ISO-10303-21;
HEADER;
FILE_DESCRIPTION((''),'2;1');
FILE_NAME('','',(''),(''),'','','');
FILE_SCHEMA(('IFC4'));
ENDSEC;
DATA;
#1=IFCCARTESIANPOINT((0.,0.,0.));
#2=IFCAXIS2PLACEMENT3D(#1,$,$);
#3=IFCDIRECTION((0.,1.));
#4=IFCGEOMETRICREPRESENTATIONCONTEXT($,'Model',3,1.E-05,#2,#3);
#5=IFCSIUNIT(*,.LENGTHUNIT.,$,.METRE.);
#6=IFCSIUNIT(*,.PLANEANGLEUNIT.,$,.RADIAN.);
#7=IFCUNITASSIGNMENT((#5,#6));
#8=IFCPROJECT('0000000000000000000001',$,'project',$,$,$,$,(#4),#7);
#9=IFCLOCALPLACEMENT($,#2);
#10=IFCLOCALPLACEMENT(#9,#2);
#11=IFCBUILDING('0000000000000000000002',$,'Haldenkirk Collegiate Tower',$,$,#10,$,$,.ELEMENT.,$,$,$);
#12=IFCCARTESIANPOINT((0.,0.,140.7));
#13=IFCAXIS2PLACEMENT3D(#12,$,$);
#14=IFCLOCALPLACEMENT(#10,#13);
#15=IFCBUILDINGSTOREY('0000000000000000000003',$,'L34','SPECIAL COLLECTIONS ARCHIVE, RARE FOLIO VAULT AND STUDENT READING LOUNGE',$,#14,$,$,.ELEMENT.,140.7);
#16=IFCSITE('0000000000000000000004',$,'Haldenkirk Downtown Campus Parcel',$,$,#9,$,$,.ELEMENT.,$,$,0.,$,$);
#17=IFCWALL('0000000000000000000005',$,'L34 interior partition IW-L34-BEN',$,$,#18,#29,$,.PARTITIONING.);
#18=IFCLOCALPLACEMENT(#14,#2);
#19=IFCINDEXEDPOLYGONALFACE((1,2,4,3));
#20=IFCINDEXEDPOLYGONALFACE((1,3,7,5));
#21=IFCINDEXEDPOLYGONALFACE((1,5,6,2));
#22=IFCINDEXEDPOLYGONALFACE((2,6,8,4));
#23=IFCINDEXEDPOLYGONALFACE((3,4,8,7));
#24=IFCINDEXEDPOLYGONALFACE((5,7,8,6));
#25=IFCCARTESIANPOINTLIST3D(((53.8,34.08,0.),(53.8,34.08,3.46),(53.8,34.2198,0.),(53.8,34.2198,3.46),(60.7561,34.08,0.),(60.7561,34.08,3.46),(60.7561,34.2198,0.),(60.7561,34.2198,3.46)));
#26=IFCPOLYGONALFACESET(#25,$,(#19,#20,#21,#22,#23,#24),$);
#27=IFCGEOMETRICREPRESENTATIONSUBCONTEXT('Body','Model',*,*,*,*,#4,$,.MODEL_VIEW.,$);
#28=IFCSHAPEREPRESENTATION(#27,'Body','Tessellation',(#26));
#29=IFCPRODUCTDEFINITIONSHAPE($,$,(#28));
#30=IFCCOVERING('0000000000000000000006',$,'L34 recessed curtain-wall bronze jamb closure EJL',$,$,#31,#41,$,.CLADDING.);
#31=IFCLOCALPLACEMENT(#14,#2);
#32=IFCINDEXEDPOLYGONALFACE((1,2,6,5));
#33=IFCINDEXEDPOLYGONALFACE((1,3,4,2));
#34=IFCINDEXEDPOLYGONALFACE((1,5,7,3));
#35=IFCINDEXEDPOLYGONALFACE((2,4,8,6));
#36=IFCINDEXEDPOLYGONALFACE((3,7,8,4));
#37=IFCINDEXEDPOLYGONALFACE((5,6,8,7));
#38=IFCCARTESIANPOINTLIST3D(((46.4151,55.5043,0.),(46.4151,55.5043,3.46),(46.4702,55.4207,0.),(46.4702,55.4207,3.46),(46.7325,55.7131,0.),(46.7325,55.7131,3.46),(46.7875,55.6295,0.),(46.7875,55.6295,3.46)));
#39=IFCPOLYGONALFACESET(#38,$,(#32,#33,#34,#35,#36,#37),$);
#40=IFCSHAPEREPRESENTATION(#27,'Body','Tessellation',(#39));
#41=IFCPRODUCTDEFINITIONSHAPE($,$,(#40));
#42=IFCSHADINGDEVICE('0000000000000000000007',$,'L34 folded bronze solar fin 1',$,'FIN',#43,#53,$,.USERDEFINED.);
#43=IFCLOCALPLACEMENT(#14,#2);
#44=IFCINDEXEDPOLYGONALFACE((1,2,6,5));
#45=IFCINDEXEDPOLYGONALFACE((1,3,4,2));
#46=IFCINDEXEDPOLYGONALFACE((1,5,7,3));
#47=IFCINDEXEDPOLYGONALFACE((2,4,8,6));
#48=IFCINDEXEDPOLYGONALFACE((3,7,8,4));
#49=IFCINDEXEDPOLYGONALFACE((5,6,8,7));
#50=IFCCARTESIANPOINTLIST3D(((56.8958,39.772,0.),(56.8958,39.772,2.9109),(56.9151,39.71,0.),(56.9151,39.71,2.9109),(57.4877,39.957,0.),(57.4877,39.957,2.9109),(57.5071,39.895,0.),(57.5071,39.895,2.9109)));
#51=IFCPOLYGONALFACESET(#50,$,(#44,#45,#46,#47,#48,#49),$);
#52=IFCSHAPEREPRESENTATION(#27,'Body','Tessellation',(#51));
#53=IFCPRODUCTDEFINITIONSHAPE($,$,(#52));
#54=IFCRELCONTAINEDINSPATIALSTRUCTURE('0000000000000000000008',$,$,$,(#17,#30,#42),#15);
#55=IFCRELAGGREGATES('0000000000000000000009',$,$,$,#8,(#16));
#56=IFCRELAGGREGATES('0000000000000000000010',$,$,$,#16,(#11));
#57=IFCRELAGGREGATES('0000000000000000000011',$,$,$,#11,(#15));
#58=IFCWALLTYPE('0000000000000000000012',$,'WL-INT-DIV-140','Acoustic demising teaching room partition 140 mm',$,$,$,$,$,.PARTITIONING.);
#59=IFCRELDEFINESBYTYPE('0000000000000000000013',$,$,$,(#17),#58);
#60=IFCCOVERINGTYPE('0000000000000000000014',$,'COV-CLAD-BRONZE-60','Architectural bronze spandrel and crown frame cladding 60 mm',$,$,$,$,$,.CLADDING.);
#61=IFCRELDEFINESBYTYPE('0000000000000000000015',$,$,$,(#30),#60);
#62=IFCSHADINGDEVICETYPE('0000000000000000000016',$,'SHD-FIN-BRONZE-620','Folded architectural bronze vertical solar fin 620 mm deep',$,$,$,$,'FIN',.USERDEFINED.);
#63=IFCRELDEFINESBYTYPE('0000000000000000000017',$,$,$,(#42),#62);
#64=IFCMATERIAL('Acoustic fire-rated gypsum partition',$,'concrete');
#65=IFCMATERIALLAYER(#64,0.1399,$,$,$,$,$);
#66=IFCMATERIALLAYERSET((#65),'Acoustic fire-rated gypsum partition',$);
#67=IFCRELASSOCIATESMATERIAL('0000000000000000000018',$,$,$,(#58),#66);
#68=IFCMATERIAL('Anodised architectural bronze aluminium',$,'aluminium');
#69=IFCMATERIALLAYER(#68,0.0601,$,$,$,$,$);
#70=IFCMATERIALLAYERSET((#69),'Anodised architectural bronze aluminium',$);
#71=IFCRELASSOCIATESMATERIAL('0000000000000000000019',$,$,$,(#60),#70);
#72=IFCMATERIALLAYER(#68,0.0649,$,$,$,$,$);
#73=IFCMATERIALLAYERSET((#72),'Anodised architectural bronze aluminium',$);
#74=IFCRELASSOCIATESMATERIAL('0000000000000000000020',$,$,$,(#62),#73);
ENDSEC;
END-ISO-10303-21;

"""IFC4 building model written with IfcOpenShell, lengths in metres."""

from ifc_helpers import new_model, si_unit, direction, frame, frame_2d, origin, origin_2d, place, context, subcontext, project, spatial, rectangle, extrude, source, transform, mapped, material, layer, layer_set, type_object, element, save


model = new_model("IFC4")

# Units and contexts
model_context = context("Model", 3, precision=1e-05, world=origin(), true_north=direction((0.0, 1.0)))
body_context = subcontext(model_context, "Body", "Model", "MODEL_VIEW")
ifc_project = project(units=[si_unit("LENGTHUNIT", "METRE"), si_unit("PLANEANGLEUNIT", "RADIAN")], contexts=[model_context])

# Site, building, storey
site_placement = place(None, origin())
site = spatial("IfcSite", under=ifc_project, at=site_placement, Name="Haldenkirk Downtown Campus Parcel", CompositionType="ELEMENT", RefElevation=0.0)
building_placement = place(site_placement, origin())
building = spatial("IfcBuilding", under=site, at=building_placement, Name="Haldenkirk Collegiate Tower", CompositionType="ELEMENT")
storey_placement = place(building_placement, frame((0.0, 0.0, 140.7)))
storey = spatial("IfcBuildingStorey", under=building, at=storey_placement, Name="L34", Description="SPECIAL COLLECTIONS ARCHIVE, RARE FOLIO VAULT AND STUDENT READING LOUNGE", CompositionType="ELEMENT", Elevation=140.7)

# Shared definitions
ifc_material_1 = material(Name="Anodised architectural bronze aluminium", Category="aluminium")

# Shared definitions
ifc_material_2 = material(Name="Acoustic fire-rated gypsum partition", Category="concrete")

# Wall
ifc_layer_1 = layer(ifc_material_2, 0.1399)
ifc_layer_set_1 = layer_set([ifc_layer_1], Name="Acoustic fire-rated gypsum partition")
wall_type_1 = type_object("IfcWallType", Name="WL-INT-DIV-140", Description="Acoustic demising teaching room partition 140 mm", PredefinedType="PARTITIONING", material=ifc_layer_set_1)
wall_1_placement = place(storey_placement, frame((53.8, 34.1499, 0.0), z_axis=(0.0, 0.0, 1.0), x_axis=(1.0, 0.0, 0.0)))
element("IfcWall", 1, at=wall_1_placement, inside=storey, type_object=wall_type_1, Name="L34 interior partition IW-L34-BEN", PredefinedType="PARTITIONING", context=body_context, shape_type="SweptSolid", body=[
    extrude(rectangle(XDim=6.9561, YDim=0.1399, at=frame_2d((3.478, 0.0))), origin(), (0.0, 0.0, 1.0), 3.46),
])

# Covering
ifc_layer_2 = layer(ifc_material_1, 0.0601)
ifc_layer_set_2 = layer_set([ifc_layer_2], Name="Anodised architectural bronze aluminium")
covering_type = type_object("IfcCoveringType", Name="COV-CLAD-BRONZE-60", Description="Architectural bronze spandrel and crown frame cladding 60 mm", PredefinedType="CLADDING", material=ifc_layer_set_2)
shared_shape_1 = source(origin(), body_context, "Body", "SweptSolid", [
    extrude(rectangle(XDim=0.1001, YDim=0.3799, at=origin_2d()), origin(), (0.0, 0.0, 1.0), 3.46),
])
covering_placement = place(storey_placement, frame((46.6013, 55.5669, 0.0), z_axis=(0.0, 0.0, 1.0), x_axis=(0.549752, -0.835328, 0.0)))
element("IfcCovering", 2, at=covering_placement, inside=storey, type_object=covering_type, Name="L34 recessed curtain-wall bronze jamb closure EJL", PredefinedType="CLADDING", context=body_context, shape_type="MappedRepresentation", body=[
    mapped(shared_shape_1, transform((0.0, 0.0, 0.0), x_axis=(1.0, 0.0, 0.0), y_axis=(0.0, 1.0, 0.0), z_axis=(0.0, 0.0, 1.0), scale=1.0)),
])

# Shading device
ifc_layer_3 = layer(ifc_material_1, 0.0649)
ifc_layer_set_3 = layer_set([ifc_layer_3], Name="Anodised architectural bronze aluminium")
shading_device_type = type_object("IfcShadingDeviceType", Name="SHD-FIN-BRONZE-620", Description="Folded architectural bronze vertical solar fin 620 mm deep", ElementType="FIN", PredefinedType="USERDEFINED", material=ifc_layer_set_3)
shared_shape_2 = source(origin(), body_context, "Body", "SweptSolid", [
    extrude(rectangle(XDim=0.6201, YDim=0.0649, at=origin_2d()), origin(), (0.0, 0.0, 1.0), 2.9109),
])
shading_device_placement = place(storey_placement, frame((57.2014, 39.8335, 0.0), z_axis=(0.0, 0.0, 1.0), x_axis=(0.954501, 0.298208, 0.0)))
element("IfcShadingDevice", 3, at=shading_device_placement, inside=storey, type_object=shading_device_type, Name="L34 folded bronze solar fin 1", ObjectType="FIN", PredefinedType="USERDEFINED", context=body_context, shape_type="MappedRepresentation", body=[
    mapped(shared_shape_2, transform((0.0, 0.0, 0.0), x_axis=(1.0, 0.0, 0.0), y_axis=(0.0, 1.0, 0.0), z_axis=(0.0, 0.0, 1.0), scale=1.0)),
])

save(model, "model.ifc")
